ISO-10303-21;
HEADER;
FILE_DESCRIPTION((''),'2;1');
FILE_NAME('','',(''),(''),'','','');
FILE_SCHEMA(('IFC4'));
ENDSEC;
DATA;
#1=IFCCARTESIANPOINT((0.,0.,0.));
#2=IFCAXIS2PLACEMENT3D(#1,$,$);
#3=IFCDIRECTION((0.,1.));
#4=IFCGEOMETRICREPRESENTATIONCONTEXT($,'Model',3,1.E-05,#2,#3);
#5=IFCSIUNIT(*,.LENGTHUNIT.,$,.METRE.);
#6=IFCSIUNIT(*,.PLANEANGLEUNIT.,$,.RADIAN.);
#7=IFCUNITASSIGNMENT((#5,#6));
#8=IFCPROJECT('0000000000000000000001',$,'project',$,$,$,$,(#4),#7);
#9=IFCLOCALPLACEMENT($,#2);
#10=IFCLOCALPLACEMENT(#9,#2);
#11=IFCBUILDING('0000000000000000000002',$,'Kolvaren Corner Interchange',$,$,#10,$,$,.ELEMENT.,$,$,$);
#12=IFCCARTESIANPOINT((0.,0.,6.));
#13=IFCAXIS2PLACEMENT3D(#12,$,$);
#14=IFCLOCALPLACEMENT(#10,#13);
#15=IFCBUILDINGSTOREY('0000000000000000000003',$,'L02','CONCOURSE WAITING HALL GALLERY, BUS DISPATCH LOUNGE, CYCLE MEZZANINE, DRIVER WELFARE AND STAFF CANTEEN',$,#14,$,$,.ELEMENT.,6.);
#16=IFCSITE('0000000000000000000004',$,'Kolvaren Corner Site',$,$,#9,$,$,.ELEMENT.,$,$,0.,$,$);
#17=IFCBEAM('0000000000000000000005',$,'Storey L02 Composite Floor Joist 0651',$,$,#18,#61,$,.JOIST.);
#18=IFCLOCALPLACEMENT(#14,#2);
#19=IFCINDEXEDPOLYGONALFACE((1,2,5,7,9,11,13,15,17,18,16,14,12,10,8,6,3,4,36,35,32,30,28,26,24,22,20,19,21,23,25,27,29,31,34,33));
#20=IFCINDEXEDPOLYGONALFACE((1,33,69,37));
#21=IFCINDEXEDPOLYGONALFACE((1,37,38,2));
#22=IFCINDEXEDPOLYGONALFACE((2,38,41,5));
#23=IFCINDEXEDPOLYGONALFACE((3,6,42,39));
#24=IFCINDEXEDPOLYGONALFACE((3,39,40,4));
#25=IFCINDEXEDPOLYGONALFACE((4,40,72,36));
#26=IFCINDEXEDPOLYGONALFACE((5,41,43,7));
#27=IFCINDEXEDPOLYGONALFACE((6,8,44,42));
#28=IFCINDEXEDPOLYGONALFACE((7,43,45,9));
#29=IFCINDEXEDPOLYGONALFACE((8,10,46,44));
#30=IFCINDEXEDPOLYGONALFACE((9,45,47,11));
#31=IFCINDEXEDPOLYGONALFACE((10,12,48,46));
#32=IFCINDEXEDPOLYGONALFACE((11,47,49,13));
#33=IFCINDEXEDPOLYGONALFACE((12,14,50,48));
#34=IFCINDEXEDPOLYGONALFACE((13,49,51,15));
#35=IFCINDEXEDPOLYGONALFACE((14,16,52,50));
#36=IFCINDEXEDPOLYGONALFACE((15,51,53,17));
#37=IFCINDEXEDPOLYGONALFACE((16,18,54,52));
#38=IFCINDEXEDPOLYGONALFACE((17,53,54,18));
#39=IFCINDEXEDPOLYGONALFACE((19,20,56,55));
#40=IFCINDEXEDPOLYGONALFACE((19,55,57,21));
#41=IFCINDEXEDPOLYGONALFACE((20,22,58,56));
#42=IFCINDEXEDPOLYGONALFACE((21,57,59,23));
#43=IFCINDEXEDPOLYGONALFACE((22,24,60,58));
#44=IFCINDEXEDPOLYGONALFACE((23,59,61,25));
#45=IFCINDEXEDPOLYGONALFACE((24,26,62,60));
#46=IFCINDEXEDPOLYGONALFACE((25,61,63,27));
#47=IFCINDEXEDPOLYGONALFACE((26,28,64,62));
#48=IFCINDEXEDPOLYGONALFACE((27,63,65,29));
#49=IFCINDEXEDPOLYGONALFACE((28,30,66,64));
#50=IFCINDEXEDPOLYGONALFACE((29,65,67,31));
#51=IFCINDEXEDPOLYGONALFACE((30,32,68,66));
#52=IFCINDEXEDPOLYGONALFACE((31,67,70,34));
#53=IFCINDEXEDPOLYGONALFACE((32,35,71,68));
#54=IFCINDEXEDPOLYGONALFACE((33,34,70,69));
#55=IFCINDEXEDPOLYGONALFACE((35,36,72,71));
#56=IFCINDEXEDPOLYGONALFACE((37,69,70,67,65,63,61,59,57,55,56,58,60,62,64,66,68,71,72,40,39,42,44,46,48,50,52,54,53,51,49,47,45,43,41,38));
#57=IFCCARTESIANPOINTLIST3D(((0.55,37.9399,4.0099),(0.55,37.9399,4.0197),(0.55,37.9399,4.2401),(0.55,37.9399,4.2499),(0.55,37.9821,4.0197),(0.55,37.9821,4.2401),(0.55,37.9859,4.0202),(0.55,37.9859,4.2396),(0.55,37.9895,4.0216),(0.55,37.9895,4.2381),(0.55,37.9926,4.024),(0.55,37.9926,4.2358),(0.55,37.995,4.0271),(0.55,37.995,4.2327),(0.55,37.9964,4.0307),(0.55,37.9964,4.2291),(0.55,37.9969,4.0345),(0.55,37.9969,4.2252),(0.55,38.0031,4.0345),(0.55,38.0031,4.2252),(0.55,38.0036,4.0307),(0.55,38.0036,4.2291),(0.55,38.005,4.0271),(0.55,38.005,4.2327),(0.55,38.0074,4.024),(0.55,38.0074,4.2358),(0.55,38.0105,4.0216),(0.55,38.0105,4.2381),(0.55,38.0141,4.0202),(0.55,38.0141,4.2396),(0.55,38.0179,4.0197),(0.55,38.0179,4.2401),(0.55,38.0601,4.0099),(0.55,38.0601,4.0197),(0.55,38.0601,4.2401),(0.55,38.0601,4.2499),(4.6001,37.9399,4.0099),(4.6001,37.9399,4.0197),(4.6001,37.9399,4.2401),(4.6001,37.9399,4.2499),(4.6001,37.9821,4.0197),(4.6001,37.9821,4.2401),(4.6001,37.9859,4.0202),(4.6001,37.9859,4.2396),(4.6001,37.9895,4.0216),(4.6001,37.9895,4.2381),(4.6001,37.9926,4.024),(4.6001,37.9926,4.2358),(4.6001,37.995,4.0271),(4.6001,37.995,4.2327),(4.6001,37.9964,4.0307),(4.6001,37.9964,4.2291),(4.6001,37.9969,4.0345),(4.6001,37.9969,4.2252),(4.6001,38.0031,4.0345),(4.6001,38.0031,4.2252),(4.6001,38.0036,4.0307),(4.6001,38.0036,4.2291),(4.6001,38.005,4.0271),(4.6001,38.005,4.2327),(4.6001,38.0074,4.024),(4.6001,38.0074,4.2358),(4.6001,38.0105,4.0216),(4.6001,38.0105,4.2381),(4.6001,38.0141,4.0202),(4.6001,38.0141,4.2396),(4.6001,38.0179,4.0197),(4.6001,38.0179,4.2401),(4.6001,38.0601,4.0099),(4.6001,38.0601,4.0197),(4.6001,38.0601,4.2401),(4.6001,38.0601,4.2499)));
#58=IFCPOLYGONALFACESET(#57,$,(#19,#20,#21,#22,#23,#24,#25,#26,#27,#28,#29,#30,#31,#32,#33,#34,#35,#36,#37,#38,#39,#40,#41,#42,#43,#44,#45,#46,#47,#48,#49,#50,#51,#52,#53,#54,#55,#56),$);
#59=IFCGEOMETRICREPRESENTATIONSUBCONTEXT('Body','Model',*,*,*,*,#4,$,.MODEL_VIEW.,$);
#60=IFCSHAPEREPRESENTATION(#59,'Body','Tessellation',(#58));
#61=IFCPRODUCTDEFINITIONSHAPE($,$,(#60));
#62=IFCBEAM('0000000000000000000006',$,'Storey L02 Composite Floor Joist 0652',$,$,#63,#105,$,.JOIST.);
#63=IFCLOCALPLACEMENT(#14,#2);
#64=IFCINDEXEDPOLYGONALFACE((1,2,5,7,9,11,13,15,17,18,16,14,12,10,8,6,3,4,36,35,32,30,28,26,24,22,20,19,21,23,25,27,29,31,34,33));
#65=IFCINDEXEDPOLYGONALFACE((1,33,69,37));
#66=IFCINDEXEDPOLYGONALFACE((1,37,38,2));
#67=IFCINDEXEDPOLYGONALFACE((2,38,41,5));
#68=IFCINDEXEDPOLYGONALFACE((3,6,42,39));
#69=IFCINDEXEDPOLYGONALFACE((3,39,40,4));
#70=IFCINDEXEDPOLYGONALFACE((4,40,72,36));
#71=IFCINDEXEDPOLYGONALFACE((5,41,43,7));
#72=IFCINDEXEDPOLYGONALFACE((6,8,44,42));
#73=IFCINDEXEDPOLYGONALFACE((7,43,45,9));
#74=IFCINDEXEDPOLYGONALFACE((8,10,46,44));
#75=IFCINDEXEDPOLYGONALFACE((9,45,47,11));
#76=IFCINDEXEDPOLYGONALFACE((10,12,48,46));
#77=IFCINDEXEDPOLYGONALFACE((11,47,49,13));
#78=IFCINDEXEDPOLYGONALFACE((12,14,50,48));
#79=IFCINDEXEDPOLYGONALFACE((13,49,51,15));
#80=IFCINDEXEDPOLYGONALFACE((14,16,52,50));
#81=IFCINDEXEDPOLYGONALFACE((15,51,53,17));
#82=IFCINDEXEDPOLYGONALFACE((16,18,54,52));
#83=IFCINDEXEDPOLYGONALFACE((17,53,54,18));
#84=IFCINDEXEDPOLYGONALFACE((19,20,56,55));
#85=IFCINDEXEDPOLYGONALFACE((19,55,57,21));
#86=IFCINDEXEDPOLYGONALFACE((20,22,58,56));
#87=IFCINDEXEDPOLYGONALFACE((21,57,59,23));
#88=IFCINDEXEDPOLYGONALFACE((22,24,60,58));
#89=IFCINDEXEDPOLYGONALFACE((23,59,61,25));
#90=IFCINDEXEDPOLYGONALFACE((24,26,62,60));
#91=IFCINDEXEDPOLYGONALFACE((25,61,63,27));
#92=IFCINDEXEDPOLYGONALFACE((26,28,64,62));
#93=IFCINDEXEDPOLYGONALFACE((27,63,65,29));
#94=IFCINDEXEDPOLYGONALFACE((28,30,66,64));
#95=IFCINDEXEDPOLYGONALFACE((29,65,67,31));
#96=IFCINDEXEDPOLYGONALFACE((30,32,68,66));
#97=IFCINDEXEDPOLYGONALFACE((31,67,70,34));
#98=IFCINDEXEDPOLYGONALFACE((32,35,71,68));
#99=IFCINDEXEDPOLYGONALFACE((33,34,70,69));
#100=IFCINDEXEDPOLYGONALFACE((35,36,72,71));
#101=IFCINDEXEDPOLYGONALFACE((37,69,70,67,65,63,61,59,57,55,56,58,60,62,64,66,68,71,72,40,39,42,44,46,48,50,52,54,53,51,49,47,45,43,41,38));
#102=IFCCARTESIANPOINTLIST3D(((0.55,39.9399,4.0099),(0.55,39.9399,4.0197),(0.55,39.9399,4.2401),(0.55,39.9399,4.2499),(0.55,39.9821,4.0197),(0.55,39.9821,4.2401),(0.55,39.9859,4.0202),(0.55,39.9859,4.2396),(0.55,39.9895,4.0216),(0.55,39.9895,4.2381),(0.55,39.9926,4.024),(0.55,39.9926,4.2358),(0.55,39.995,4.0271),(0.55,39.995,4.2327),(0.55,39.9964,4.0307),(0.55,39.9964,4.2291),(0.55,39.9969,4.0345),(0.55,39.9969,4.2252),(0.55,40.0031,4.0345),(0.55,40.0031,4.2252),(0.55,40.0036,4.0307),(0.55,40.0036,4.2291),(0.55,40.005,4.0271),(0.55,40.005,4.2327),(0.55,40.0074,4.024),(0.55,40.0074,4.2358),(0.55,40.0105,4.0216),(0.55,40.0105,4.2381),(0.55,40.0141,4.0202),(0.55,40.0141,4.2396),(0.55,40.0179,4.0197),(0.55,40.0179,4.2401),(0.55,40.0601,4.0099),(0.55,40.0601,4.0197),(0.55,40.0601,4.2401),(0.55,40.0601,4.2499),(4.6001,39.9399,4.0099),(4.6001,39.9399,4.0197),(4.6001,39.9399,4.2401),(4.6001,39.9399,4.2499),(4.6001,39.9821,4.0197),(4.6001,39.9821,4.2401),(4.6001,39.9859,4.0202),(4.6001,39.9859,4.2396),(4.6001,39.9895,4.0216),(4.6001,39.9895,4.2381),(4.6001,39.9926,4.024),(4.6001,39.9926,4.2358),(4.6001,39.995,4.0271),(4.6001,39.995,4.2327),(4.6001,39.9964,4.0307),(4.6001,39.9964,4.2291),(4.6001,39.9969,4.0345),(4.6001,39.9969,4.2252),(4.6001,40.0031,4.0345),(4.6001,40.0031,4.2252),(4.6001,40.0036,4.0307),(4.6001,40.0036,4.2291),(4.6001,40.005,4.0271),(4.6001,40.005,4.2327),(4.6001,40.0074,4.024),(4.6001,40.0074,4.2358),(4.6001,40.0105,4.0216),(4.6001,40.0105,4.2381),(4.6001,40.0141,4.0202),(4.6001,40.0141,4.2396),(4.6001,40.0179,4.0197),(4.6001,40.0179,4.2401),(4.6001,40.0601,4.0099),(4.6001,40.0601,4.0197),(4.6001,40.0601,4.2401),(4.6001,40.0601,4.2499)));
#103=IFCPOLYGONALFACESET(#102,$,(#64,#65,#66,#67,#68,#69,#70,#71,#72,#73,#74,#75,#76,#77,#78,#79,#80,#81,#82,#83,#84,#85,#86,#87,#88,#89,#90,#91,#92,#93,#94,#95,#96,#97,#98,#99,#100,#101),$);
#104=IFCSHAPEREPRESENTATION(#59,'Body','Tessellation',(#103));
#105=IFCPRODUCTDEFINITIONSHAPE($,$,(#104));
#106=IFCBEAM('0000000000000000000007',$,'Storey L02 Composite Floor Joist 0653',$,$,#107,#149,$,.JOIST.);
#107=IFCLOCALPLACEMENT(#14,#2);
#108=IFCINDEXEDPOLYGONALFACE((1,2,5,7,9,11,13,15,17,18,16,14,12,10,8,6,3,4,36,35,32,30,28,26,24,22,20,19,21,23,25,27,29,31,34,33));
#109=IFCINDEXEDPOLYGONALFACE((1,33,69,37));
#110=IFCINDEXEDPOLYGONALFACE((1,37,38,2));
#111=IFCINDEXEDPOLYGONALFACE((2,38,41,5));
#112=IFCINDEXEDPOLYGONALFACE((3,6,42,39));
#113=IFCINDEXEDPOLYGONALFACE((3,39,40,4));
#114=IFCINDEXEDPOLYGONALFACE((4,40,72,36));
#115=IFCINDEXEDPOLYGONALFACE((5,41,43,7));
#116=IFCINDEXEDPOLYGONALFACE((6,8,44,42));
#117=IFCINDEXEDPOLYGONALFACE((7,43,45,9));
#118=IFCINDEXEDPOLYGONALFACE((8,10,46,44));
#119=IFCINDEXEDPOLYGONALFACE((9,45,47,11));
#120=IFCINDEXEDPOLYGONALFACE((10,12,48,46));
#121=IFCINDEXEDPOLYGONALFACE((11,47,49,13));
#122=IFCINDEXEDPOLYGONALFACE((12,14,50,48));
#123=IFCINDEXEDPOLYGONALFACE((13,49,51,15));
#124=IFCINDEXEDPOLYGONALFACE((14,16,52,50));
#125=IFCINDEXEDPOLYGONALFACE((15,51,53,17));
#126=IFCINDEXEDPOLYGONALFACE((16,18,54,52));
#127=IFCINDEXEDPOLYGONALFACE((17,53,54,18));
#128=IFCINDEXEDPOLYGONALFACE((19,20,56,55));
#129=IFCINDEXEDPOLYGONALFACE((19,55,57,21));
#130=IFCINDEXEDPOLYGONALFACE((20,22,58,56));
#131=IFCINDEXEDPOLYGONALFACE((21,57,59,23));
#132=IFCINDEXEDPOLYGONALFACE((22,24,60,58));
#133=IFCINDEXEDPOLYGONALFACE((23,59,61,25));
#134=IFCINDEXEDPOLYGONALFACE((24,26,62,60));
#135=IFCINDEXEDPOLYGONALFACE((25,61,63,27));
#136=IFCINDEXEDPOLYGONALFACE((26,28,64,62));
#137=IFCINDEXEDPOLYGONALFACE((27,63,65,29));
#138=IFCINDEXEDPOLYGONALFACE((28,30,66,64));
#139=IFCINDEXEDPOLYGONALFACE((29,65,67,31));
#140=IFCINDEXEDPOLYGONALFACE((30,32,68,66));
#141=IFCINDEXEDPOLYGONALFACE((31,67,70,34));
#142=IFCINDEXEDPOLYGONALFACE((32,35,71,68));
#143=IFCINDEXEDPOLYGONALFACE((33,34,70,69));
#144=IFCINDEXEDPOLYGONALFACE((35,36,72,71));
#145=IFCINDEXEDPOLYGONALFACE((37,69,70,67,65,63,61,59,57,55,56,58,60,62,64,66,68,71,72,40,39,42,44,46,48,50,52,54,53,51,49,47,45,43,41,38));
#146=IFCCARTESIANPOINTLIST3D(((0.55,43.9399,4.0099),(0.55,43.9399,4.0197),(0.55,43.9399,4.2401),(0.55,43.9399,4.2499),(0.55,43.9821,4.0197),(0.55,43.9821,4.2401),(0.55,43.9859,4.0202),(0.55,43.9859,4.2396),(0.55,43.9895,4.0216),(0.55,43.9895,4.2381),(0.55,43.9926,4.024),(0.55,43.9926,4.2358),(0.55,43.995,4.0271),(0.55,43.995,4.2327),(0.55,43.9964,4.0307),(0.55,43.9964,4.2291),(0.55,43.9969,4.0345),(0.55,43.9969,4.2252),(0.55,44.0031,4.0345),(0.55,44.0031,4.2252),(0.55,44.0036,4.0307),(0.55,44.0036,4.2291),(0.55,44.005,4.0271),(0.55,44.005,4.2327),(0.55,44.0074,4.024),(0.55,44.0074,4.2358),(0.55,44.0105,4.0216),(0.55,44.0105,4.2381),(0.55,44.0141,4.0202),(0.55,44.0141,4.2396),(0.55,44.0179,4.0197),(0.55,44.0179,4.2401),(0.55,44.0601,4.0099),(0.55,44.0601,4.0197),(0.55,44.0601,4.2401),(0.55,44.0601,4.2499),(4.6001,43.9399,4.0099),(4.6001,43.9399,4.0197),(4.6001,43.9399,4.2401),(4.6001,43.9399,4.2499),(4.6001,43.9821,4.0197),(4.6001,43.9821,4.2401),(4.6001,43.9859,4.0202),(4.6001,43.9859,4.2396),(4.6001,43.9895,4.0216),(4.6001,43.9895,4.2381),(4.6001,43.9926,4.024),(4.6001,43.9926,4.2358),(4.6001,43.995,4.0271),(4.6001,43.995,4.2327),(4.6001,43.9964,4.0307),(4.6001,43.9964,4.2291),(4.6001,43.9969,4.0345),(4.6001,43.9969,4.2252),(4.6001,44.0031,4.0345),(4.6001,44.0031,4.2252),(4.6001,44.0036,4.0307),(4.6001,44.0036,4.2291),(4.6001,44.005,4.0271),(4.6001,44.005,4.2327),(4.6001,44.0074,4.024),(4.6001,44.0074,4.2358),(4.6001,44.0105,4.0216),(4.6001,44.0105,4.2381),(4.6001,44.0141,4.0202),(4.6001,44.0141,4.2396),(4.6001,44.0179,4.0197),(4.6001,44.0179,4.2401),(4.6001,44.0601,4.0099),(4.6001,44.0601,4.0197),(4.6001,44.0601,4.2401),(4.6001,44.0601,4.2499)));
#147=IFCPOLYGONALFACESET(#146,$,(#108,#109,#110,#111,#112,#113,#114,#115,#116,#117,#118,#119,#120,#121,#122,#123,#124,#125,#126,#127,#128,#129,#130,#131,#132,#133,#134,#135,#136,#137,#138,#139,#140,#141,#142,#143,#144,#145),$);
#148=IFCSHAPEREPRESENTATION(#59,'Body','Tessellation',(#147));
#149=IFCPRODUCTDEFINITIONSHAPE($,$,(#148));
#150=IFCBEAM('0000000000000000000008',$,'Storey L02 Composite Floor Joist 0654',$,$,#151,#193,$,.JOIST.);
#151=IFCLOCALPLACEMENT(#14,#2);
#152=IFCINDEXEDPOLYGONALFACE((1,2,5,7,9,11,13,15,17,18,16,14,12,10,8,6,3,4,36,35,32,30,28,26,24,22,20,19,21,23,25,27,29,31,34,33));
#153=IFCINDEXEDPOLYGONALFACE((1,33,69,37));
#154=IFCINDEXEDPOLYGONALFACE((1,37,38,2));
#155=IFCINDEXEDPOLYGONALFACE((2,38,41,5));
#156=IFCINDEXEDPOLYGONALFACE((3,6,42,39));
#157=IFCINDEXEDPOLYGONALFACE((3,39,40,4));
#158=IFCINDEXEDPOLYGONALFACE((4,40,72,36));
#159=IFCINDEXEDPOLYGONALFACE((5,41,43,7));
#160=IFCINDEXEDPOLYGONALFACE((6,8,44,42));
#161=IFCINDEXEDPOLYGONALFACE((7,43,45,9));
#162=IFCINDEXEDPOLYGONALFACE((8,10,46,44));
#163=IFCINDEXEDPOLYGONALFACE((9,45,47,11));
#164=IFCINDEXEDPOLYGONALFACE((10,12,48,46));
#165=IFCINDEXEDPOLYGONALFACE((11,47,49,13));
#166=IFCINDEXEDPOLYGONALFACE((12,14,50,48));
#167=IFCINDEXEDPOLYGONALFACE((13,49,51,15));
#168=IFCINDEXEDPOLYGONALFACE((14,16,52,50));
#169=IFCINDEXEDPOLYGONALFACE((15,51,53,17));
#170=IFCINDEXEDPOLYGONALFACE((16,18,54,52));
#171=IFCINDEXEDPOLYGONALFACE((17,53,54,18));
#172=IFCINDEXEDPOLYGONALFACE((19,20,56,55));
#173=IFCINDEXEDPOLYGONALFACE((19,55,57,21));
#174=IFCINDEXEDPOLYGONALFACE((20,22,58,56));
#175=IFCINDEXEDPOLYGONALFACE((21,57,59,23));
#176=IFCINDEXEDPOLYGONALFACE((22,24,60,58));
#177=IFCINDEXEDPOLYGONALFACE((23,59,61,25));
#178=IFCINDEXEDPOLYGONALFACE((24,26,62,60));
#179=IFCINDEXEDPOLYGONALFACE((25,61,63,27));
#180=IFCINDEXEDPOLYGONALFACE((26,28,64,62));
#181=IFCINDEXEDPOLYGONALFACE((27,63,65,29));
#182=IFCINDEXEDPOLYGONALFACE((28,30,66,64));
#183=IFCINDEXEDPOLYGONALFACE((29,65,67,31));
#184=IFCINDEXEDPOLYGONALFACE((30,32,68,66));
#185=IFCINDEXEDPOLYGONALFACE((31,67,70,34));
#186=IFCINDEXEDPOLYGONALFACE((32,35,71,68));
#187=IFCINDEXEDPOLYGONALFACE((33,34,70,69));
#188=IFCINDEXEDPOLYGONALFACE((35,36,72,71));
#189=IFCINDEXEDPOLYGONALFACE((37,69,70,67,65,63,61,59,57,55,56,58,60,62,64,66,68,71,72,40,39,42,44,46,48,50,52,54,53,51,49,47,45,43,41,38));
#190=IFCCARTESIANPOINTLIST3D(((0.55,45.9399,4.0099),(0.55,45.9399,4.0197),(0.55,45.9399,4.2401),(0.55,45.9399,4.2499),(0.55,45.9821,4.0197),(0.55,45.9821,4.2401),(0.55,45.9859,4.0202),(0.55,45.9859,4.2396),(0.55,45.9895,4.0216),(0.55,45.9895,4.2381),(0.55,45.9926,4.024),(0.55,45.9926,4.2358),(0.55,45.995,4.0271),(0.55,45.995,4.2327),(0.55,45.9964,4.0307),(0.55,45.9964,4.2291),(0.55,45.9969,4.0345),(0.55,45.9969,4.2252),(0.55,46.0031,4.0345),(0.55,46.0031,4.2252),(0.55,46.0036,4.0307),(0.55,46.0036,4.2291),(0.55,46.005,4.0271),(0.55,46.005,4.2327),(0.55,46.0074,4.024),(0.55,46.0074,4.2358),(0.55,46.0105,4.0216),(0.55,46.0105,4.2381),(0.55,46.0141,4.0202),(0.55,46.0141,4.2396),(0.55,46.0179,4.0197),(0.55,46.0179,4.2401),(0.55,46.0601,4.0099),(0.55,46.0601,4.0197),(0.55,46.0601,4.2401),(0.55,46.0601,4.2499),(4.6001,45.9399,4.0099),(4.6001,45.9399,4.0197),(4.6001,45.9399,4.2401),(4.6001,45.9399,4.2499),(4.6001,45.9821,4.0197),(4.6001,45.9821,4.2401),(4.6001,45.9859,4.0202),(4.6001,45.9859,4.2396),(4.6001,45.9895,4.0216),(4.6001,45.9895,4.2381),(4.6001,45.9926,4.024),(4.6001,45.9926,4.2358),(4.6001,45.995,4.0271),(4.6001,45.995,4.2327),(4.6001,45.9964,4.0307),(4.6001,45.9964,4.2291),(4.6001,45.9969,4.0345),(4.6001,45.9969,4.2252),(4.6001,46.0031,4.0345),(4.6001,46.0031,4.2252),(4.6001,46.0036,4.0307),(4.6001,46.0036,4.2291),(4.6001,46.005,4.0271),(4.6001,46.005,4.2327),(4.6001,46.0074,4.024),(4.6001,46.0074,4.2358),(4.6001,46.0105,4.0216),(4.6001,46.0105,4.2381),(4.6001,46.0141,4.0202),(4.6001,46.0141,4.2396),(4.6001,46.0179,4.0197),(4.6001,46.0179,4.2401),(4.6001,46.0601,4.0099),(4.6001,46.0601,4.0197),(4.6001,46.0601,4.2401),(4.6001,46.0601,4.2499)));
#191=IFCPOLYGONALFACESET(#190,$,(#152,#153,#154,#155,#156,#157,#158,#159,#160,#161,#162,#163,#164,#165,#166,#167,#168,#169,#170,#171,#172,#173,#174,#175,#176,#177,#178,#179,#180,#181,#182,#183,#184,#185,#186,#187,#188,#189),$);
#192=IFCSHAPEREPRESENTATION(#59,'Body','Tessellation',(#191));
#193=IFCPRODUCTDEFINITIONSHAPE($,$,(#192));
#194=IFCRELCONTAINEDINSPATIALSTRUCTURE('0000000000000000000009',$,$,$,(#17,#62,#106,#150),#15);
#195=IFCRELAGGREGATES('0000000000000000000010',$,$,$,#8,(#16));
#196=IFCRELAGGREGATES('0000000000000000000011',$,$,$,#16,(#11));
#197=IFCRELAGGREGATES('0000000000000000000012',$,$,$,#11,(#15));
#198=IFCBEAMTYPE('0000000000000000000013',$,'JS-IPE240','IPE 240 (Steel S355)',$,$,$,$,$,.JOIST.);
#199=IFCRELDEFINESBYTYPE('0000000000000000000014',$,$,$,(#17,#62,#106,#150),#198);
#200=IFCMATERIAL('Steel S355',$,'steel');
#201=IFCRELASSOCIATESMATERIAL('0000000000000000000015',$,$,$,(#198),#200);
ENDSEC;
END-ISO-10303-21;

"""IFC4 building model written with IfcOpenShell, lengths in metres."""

from ifc_helpers import new_model, si_unit, direction, frame, origin, origin_2d, place, context, subcontext, project, spatial, i_section, extrude, material, material_profile, profile_set, type_object, element, save


model = new_model("IFC4")

# Units and contexts
model_context = context("Model", 3, precision=1e-05, world=origin(), true_north=direction((0.0, 1.0)))
body_context = subcontext(model_context, "Body", "Model", "MODEL_VIEW")
ifc_project = project(units=[si_unit("LENGTHUNIT", "METRE"), si_unit("PLANEANGLEUNIT", "RADIAN")], contexts=[model_context])

# Site, building, storey
site_placement = place(None, origin())
site = spatial("IfcSite", under=ifc_project, at=site_placement, Name="Kolvaren Corner Site", CompositionType="ELEMENT", RefElevation=0.0)
building_placement = place(site_placement, origin())
building = spatial("IfcBuilding", under=site, at=building_placement, Name="Kolvaren Corner Interchange", CompositionType="ELEMENT")
storey_placement = place(building_placement, frame((0.0, 0.0, 6.0)))
storey = spatial("IfcBuildingStorey", under=building, at=storey_placement, Name="L02", Description="CONCOURSE WAITING HALL GALLERY, BUS DISPATCH LOUNGE, CYCLE MEZZANINE, DRIVER WELFARE AND STAFF CANTEEN", CompositionType="ELEMENT", Elevation=6.0)

# Beams
ifc_material_1 = material(Name="Steel S355", Category="steel")
ifc_material_profile_1 = material_profile(ifc_material_1, i_section(OverallWidth=0.1201, OverallDepth=0.24, WebThickness=0.0061, FlangeThickness=0.0098, FilletRadius=0.0149, at=origin_2d()), Name="IPE 240")
ifc_profile_set_1 = profile_set([ifc_material_profile_1], Name="Steel S355")
beam_type_1 = type_object("IfcBeamType", Name="JS-IPE240", Description="IPE 240 (Steel S355)", PredefinedType="JOIST", material=ifc_profile_set_1)
for number, where, z_axis, x_axis, name in (
    (1, (0.55, 38.0, 4.1299), (1.0, 0.0, 0.0), (0.0, 1.0, 0.0), "Storey L02 Composite Floor Joist 0651"),
    (2, (0.55, 40.0, 4.1299), (1.0, 0.0, 0.0), (0.0, 1.0, 0.0), "Storey L02 Composite Floor Joist 0652"),
    (3, (0.55, 44.0, 4.1299), (1.0, 0.0, 0.0), (0.0, 1.0, 0.0), "Storey L02 Composite Floor Joist 0653"),
    (4, (0.55, 46.0, 4.1299), (1.0, 0.0, 0.0), (0.0, 1.0, 0.0), "Storey L02 Composite Floor Joist 0654"),
):
    element("IfcBeam", number, at=place(storey_placement, frame(where, z_axis=z_axis, x_axis=x_axis)), inside=storey, type_object=beam_type_1, Name=name, PredefinedType="JOIST", context=body_context, shape_type="SweptSolid", body=[
        extrude(i_section(OverallWidth=0.1201, OverallDepth=0.24, WebThickness=0.0061, FlangeThickness=0.0098, FilletRadius=0.0149, at=origin_2d()), origin(), (0.0, 0.0, 1.0), 4.05),
    ])

save(model, "model.ifc")
